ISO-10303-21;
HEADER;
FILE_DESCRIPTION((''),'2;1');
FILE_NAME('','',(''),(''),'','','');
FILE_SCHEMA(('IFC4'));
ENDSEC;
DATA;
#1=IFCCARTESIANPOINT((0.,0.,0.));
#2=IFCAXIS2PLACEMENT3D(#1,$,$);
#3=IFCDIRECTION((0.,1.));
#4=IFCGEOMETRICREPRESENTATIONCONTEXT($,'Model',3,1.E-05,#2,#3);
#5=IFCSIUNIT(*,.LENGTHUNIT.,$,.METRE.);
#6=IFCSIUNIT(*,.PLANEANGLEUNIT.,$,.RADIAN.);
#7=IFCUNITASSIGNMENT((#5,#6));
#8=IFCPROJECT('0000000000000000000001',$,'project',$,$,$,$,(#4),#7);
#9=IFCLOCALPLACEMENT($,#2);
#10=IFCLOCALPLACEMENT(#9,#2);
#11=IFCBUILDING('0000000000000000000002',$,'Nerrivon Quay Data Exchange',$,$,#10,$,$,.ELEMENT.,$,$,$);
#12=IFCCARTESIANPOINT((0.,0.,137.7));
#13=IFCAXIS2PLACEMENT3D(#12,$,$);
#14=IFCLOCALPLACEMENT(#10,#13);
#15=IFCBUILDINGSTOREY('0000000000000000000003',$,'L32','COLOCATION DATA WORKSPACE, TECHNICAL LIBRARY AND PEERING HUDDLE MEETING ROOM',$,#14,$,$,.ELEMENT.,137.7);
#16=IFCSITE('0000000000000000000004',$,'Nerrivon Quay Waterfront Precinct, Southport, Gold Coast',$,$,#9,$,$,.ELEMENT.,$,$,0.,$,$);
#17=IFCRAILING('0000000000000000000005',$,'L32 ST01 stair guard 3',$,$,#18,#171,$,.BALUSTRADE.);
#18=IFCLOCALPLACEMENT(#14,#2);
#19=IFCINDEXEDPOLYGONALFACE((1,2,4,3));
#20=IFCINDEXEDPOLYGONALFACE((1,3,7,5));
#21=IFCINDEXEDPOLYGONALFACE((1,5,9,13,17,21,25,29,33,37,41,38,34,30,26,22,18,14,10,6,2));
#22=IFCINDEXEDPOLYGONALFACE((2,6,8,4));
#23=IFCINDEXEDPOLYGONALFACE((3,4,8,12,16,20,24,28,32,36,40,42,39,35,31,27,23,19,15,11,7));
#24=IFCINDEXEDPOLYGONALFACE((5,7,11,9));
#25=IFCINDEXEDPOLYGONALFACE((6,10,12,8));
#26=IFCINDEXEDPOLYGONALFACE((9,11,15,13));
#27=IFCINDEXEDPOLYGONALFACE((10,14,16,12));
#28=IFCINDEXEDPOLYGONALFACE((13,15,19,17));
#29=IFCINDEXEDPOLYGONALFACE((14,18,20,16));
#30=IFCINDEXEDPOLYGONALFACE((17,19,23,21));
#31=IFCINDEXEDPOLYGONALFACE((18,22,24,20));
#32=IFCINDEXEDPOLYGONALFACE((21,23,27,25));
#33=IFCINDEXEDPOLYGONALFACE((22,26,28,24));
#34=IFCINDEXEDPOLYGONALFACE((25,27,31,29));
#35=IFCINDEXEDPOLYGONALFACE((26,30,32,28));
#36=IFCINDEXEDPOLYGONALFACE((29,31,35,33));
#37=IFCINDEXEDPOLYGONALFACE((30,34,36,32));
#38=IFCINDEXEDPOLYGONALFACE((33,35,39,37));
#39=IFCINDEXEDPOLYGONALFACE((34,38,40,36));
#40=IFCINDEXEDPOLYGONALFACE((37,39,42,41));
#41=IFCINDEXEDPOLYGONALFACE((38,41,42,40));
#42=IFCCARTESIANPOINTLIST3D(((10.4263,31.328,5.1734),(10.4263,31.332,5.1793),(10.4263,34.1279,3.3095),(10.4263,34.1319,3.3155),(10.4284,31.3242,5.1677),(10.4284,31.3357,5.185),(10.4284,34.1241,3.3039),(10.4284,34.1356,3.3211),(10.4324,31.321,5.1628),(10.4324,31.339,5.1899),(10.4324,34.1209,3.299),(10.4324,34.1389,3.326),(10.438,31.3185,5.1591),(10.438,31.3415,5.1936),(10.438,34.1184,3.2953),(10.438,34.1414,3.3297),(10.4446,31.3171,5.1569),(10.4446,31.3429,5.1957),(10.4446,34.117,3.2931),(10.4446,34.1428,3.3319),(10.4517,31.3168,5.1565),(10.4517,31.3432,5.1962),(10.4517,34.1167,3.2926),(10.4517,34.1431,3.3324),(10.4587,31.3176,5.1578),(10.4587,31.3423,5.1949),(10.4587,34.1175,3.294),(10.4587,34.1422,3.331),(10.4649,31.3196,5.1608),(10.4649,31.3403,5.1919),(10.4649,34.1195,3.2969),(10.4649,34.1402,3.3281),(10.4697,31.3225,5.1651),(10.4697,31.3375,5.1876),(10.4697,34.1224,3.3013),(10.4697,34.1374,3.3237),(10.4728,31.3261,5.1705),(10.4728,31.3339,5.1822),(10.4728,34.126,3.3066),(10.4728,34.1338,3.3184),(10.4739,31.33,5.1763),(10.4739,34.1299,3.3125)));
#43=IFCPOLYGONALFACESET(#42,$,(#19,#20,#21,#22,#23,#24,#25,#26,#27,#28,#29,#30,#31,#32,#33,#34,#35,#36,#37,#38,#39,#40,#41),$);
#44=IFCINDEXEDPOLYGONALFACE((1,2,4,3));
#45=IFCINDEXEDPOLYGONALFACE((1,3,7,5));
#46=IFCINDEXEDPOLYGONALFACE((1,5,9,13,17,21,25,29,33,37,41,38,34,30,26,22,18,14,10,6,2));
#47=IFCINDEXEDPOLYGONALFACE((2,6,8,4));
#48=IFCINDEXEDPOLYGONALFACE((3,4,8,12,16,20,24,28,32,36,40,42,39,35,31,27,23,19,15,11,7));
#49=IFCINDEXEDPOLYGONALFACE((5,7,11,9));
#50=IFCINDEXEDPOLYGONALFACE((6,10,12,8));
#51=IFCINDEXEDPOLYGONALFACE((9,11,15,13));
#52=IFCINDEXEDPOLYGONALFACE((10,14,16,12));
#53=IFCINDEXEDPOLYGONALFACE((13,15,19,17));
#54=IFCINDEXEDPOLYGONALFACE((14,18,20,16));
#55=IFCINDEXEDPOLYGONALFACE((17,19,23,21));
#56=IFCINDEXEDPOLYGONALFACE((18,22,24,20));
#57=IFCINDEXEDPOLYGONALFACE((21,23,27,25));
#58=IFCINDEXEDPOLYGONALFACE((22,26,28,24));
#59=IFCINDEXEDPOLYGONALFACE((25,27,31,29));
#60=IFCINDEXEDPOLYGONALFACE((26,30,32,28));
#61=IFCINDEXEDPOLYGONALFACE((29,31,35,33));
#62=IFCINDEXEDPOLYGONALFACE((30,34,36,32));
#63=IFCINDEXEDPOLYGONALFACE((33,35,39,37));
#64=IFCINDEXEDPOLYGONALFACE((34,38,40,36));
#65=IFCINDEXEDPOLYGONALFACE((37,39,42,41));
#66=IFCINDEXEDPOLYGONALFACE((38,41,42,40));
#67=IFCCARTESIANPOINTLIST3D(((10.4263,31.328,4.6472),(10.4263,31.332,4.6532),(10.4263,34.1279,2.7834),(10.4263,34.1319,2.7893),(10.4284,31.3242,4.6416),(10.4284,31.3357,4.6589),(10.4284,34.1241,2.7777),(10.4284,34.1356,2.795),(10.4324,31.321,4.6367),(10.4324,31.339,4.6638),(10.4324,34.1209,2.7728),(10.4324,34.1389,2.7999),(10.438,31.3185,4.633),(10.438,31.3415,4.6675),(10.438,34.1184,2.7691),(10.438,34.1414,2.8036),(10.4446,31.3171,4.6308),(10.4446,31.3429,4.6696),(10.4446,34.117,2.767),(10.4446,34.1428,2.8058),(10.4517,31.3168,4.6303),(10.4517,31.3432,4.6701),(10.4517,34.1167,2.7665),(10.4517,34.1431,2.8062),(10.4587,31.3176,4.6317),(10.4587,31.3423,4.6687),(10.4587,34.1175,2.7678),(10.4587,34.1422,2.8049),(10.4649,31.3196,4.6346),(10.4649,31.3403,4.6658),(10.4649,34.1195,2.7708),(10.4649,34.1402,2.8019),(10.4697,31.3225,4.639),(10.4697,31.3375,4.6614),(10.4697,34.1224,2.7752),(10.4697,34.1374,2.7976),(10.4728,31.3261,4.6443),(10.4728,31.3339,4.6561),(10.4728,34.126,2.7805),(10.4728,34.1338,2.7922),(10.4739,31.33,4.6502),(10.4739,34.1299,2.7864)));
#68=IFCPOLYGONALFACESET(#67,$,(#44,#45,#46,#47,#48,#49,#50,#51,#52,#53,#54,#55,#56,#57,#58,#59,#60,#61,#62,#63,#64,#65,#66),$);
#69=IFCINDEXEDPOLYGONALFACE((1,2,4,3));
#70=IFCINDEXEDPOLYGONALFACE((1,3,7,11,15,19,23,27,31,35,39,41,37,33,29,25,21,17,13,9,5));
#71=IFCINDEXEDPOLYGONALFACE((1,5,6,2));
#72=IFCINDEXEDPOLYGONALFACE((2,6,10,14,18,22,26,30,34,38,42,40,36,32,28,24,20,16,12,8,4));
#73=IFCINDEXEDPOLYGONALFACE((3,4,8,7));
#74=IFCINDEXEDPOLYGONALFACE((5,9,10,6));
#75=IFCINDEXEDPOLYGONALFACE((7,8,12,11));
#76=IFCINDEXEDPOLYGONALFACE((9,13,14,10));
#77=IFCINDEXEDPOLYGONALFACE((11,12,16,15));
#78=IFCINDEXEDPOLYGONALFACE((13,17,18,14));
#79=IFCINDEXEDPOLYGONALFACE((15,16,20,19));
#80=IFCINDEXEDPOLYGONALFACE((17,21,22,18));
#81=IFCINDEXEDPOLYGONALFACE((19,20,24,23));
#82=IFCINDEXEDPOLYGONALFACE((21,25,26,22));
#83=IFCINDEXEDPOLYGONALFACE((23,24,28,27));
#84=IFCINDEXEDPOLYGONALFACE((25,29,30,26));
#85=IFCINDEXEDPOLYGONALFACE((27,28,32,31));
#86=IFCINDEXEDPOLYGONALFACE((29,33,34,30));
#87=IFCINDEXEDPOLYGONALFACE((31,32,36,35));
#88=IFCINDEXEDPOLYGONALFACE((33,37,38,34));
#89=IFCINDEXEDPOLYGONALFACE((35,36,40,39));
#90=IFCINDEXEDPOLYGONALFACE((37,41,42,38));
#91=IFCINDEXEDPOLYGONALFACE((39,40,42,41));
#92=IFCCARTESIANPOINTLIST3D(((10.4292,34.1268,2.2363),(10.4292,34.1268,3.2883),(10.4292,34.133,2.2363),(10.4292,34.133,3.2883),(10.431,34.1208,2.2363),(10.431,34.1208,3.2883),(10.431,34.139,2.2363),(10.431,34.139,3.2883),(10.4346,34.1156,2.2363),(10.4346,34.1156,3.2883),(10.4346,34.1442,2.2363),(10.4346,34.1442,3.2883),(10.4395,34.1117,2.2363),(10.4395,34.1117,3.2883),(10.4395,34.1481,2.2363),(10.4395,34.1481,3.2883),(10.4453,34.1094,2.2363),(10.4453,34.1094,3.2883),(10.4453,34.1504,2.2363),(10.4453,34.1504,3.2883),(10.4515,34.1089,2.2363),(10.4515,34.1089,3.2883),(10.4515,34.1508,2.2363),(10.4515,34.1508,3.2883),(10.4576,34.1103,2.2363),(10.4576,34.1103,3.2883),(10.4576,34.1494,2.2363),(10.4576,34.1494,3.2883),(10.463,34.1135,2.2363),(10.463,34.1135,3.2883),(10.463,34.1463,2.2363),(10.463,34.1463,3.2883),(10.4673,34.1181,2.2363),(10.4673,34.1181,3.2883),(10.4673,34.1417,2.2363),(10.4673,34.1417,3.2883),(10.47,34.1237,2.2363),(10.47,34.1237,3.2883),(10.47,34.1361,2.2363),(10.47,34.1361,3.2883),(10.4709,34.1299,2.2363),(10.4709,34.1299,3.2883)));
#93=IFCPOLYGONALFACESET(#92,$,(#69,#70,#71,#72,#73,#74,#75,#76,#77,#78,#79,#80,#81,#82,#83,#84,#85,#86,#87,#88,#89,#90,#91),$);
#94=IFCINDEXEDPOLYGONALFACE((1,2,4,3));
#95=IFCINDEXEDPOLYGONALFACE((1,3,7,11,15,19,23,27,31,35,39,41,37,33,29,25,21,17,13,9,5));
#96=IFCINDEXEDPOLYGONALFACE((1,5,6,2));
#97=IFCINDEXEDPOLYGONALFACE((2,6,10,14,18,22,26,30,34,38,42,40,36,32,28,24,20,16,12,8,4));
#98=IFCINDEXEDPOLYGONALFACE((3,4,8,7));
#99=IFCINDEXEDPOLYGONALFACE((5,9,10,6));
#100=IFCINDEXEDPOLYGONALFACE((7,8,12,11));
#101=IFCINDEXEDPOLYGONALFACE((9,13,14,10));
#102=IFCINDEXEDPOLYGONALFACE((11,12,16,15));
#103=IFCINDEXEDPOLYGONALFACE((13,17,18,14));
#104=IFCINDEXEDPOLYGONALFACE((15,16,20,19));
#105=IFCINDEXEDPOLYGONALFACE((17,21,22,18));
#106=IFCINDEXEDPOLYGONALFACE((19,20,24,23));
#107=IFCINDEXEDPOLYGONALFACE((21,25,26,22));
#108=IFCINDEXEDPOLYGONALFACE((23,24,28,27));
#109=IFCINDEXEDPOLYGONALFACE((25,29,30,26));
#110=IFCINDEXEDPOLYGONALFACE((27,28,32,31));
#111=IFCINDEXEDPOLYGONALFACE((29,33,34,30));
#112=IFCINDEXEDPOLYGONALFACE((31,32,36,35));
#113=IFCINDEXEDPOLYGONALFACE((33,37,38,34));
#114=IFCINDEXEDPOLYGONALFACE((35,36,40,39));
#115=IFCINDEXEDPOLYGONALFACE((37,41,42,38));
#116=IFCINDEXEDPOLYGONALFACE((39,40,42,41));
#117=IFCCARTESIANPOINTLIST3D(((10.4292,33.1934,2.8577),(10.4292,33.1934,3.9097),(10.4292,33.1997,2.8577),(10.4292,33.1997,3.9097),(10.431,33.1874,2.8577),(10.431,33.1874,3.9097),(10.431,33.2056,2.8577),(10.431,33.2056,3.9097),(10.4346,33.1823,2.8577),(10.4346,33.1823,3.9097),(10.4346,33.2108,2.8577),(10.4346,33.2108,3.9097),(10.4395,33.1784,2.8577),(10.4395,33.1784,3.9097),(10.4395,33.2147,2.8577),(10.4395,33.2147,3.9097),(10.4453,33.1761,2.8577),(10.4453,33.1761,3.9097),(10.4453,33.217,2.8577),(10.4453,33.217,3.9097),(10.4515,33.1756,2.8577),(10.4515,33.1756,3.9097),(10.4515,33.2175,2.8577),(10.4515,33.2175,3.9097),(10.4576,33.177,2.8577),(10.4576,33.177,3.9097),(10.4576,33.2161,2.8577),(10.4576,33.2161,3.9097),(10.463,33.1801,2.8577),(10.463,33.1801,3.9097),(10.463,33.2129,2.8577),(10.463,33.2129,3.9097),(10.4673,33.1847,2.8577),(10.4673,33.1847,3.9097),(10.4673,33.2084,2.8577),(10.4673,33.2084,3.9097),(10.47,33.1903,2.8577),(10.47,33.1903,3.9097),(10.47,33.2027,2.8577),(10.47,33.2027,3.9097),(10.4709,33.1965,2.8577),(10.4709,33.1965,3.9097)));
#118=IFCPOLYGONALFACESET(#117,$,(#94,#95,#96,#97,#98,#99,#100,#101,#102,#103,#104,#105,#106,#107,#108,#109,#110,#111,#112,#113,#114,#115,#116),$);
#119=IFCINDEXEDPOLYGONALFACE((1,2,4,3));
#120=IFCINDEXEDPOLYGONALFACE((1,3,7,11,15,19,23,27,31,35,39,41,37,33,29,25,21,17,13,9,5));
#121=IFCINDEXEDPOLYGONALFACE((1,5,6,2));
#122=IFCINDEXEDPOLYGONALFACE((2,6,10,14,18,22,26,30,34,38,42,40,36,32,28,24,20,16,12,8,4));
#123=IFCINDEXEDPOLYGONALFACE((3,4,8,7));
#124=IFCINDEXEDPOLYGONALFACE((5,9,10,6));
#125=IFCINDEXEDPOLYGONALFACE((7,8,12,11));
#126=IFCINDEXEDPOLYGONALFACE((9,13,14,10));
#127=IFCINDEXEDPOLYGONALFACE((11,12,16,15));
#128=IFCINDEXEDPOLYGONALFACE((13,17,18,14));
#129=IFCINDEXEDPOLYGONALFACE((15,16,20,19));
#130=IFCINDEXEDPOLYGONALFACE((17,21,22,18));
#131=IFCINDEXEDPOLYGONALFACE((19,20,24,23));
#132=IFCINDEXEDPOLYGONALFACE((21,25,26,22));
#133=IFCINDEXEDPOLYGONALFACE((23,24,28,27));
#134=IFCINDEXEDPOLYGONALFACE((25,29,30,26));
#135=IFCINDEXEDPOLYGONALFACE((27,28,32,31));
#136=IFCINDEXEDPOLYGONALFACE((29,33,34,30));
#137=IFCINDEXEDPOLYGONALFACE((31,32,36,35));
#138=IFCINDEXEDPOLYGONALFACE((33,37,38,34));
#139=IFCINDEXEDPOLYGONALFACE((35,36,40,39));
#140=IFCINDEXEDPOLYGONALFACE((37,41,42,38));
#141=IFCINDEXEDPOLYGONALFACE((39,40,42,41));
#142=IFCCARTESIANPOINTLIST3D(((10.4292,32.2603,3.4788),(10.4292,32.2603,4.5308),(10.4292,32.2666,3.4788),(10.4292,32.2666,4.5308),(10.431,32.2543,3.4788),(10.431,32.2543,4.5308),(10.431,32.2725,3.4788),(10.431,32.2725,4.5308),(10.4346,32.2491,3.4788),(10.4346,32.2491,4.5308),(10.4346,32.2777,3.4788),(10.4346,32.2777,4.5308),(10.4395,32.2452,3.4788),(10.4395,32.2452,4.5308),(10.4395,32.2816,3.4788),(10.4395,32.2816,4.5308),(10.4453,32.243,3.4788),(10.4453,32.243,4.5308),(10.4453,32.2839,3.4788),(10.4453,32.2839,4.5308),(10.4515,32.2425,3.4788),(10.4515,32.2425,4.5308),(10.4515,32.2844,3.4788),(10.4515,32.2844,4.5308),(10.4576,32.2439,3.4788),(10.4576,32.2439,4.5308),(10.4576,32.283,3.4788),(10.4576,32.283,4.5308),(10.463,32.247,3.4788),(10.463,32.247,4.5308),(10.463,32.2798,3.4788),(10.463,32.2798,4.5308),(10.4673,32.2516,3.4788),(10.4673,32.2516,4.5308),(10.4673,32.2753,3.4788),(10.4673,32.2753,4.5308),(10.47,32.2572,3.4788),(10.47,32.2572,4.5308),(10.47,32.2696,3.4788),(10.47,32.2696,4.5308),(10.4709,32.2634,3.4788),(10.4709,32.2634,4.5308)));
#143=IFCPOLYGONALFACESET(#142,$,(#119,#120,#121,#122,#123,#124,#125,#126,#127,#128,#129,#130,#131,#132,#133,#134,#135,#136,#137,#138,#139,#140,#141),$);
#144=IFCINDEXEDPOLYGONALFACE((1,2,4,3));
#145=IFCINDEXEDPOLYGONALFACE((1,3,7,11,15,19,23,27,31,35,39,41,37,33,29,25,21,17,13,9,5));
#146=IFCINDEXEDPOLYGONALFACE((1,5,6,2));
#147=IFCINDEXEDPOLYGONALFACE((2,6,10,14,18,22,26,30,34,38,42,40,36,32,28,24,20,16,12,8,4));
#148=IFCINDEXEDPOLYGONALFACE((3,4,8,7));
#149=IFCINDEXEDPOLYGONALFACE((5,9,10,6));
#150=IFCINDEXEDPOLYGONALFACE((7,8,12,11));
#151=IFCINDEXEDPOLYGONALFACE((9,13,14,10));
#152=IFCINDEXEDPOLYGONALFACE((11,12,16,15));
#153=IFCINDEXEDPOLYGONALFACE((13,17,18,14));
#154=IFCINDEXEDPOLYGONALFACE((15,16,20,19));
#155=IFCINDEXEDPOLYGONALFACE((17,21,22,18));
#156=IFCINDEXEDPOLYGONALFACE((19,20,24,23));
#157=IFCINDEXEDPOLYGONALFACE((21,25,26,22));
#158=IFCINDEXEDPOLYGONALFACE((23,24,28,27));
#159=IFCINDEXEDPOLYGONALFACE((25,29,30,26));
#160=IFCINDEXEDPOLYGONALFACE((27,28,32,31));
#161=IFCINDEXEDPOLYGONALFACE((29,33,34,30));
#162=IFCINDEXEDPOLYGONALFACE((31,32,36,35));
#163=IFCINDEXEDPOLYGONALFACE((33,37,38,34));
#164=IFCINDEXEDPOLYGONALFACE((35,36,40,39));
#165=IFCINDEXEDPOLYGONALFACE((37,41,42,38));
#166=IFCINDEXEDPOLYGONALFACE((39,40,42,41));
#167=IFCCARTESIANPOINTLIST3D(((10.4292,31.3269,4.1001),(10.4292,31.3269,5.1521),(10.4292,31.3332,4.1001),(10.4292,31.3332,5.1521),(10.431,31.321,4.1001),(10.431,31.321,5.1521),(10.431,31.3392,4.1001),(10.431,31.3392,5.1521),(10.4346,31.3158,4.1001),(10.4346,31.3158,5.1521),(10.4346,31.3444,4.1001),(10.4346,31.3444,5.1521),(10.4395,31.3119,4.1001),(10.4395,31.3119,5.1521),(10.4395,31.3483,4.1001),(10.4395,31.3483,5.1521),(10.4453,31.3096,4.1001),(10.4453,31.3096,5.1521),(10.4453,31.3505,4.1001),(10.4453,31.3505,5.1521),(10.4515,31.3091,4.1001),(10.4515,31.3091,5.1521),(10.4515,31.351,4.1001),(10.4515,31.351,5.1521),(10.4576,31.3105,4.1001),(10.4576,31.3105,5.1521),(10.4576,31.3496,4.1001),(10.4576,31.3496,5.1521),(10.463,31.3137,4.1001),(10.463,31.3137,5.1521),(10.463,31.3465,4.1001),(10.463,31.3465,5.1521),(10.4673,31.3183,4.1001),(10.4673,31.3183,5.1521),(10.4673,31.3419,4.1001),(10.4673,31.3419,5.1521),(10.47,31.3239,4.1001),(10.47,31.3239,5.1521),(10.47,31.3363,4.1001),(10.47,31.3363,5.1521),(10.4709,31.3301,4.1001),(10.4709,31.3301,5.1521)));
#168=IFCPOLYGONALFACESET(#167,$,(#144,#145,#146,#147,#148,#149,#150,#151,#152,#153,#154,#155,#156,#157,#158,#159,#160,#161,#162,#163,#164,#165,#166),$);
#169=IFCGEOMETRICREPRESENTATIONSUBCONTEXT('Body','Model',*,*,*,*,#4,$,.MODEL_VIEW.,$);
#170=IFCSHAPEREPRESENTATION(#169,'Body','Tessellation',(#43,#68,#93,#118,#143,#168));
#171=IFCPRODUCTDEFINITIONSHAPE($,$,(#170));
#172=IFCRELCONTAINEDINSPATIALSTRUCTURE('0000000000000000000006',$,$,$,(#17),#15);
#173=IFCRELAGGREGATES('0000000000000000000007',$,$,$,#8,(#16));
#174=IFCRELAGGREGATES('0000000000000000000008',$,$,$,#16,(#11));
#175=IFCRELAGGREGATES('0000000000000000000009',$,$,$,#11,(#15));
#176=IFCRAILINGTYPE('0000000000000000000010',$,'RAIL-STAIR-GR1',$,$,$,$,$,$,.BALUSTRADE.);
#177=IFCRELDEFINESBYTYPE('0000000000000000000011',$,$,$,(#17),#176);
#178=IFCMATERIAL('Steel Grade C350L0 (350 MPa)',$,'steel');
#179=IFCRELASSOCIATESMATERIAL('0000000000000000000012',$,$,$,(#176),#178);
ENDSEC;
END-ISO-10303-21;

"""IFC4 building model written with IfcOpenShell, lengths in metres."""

from ifc_helpers import new_model, si_unit, direction, frame, origin, origin_2d, place, context, subcontext, project, spatial, circle, extrude, material, type_object, element, save


model = new_model("IFC4")

# Units and contexts
model_context = context("Model", 3, precision=1e-05, world=origin(), true_north=direction((0.0, 1.0)))
body_context = subcontext(model_context, "Body", "Model", "MODEL_VIEW")
ifc_project = project(units=[si_unit("LENGTHUNIT", "METRE"), si_unit("PLANEANGLEUNIT", "RADIAN")], contexts=[model_context])

# Site, building, storey
site_placement = place(None, origin())
site = spatial("IfcSite", under=ifc_project, at=site_placement, Name="Nerrivon Quay Waterfront Precinct, Southport, Gold Coast", CompositionType="ELEMENT", RefElevation=0.0)
building_placement = place(site_placement, origin())
building = spatial("IfcBuilding", under=site, at=building_placement, Name="Nerrivon Quay Data Exchange", CompositionType="ELEMENT")
storey_placement = place(building_placement, frame((0.0, 0.0, 137.7)))
storey = spatial("IfcBuildingStorey", under=building, at=storey_placement, Name="L32", Description="COLOCATION DATA WORKSPACE, TECHNICAL LIBRARY AND PEERING HUDDLE MEETING ROOM", CompositionType="ELEMENT", Elevation=137.7)

# Railing
ifc_material_1 = material(Name="Steel Grade C350L0 (350 MPa)", Category="steel")
railing_type_1 = type_object("IfcRailingType", Name="RAIL-STAIR-GR1", PredefinedType="BALUSTRADE", material=ifc_material_1)
railing_1_placement = place(storey_placement, frame((10.45, 34.1299, 2.2363)))
element("IfcRailing", 1, at=railing_1_placement, inside=storey, type_object=railing_type_1, Name="L32 ST01 stair guard 3", PredefinedType="BALUSTRADE", context=body_context, shape_type="SweptSolid", body=[
    extrude(circle(Radius=0.0239, at=origin_2d()), frame((0.0, 0.0, 1.0762), z_axis=(0.0, -0.83243, 0.554131), x_axis=(1.0, 0.0, 0.0)), (0.0, 0.0, 1.0), 3.3635),
    extrude(circle(Radius=0.0239, at=origin_2d()), frame((0.0, 0.0, 0.55), z_axis=(0.0, -0.83243, 0.554131), x_axis=(1.0, 0.0, 0.0)), (0.0, 0.0, 1.0), 3.3635),
    extrude(circle(Radius=0.021, at=origin_2d()), origin(), (0.0, 0.0, 1.0), 1.052),
    extrude(circle(Radius=0.021, at=origin_2d()), frame((0.0, -0.9333, 0.6213)), (0.0, 0.0, 1.0), 1.052),
    extrude(circle(Radius=0.021, at=origin_2d()), frame((0.0, -1.8665, 1.2424)), (0.0, 0.0, 1.0), 1.052),
    extrude(circle(Radius=0.021, at=origin_2d()), frame((0.0, -2.7998, 1.8638)), (0.0, 0.0, 1.0), 1.052),
])

save(model, "model.ifc")
